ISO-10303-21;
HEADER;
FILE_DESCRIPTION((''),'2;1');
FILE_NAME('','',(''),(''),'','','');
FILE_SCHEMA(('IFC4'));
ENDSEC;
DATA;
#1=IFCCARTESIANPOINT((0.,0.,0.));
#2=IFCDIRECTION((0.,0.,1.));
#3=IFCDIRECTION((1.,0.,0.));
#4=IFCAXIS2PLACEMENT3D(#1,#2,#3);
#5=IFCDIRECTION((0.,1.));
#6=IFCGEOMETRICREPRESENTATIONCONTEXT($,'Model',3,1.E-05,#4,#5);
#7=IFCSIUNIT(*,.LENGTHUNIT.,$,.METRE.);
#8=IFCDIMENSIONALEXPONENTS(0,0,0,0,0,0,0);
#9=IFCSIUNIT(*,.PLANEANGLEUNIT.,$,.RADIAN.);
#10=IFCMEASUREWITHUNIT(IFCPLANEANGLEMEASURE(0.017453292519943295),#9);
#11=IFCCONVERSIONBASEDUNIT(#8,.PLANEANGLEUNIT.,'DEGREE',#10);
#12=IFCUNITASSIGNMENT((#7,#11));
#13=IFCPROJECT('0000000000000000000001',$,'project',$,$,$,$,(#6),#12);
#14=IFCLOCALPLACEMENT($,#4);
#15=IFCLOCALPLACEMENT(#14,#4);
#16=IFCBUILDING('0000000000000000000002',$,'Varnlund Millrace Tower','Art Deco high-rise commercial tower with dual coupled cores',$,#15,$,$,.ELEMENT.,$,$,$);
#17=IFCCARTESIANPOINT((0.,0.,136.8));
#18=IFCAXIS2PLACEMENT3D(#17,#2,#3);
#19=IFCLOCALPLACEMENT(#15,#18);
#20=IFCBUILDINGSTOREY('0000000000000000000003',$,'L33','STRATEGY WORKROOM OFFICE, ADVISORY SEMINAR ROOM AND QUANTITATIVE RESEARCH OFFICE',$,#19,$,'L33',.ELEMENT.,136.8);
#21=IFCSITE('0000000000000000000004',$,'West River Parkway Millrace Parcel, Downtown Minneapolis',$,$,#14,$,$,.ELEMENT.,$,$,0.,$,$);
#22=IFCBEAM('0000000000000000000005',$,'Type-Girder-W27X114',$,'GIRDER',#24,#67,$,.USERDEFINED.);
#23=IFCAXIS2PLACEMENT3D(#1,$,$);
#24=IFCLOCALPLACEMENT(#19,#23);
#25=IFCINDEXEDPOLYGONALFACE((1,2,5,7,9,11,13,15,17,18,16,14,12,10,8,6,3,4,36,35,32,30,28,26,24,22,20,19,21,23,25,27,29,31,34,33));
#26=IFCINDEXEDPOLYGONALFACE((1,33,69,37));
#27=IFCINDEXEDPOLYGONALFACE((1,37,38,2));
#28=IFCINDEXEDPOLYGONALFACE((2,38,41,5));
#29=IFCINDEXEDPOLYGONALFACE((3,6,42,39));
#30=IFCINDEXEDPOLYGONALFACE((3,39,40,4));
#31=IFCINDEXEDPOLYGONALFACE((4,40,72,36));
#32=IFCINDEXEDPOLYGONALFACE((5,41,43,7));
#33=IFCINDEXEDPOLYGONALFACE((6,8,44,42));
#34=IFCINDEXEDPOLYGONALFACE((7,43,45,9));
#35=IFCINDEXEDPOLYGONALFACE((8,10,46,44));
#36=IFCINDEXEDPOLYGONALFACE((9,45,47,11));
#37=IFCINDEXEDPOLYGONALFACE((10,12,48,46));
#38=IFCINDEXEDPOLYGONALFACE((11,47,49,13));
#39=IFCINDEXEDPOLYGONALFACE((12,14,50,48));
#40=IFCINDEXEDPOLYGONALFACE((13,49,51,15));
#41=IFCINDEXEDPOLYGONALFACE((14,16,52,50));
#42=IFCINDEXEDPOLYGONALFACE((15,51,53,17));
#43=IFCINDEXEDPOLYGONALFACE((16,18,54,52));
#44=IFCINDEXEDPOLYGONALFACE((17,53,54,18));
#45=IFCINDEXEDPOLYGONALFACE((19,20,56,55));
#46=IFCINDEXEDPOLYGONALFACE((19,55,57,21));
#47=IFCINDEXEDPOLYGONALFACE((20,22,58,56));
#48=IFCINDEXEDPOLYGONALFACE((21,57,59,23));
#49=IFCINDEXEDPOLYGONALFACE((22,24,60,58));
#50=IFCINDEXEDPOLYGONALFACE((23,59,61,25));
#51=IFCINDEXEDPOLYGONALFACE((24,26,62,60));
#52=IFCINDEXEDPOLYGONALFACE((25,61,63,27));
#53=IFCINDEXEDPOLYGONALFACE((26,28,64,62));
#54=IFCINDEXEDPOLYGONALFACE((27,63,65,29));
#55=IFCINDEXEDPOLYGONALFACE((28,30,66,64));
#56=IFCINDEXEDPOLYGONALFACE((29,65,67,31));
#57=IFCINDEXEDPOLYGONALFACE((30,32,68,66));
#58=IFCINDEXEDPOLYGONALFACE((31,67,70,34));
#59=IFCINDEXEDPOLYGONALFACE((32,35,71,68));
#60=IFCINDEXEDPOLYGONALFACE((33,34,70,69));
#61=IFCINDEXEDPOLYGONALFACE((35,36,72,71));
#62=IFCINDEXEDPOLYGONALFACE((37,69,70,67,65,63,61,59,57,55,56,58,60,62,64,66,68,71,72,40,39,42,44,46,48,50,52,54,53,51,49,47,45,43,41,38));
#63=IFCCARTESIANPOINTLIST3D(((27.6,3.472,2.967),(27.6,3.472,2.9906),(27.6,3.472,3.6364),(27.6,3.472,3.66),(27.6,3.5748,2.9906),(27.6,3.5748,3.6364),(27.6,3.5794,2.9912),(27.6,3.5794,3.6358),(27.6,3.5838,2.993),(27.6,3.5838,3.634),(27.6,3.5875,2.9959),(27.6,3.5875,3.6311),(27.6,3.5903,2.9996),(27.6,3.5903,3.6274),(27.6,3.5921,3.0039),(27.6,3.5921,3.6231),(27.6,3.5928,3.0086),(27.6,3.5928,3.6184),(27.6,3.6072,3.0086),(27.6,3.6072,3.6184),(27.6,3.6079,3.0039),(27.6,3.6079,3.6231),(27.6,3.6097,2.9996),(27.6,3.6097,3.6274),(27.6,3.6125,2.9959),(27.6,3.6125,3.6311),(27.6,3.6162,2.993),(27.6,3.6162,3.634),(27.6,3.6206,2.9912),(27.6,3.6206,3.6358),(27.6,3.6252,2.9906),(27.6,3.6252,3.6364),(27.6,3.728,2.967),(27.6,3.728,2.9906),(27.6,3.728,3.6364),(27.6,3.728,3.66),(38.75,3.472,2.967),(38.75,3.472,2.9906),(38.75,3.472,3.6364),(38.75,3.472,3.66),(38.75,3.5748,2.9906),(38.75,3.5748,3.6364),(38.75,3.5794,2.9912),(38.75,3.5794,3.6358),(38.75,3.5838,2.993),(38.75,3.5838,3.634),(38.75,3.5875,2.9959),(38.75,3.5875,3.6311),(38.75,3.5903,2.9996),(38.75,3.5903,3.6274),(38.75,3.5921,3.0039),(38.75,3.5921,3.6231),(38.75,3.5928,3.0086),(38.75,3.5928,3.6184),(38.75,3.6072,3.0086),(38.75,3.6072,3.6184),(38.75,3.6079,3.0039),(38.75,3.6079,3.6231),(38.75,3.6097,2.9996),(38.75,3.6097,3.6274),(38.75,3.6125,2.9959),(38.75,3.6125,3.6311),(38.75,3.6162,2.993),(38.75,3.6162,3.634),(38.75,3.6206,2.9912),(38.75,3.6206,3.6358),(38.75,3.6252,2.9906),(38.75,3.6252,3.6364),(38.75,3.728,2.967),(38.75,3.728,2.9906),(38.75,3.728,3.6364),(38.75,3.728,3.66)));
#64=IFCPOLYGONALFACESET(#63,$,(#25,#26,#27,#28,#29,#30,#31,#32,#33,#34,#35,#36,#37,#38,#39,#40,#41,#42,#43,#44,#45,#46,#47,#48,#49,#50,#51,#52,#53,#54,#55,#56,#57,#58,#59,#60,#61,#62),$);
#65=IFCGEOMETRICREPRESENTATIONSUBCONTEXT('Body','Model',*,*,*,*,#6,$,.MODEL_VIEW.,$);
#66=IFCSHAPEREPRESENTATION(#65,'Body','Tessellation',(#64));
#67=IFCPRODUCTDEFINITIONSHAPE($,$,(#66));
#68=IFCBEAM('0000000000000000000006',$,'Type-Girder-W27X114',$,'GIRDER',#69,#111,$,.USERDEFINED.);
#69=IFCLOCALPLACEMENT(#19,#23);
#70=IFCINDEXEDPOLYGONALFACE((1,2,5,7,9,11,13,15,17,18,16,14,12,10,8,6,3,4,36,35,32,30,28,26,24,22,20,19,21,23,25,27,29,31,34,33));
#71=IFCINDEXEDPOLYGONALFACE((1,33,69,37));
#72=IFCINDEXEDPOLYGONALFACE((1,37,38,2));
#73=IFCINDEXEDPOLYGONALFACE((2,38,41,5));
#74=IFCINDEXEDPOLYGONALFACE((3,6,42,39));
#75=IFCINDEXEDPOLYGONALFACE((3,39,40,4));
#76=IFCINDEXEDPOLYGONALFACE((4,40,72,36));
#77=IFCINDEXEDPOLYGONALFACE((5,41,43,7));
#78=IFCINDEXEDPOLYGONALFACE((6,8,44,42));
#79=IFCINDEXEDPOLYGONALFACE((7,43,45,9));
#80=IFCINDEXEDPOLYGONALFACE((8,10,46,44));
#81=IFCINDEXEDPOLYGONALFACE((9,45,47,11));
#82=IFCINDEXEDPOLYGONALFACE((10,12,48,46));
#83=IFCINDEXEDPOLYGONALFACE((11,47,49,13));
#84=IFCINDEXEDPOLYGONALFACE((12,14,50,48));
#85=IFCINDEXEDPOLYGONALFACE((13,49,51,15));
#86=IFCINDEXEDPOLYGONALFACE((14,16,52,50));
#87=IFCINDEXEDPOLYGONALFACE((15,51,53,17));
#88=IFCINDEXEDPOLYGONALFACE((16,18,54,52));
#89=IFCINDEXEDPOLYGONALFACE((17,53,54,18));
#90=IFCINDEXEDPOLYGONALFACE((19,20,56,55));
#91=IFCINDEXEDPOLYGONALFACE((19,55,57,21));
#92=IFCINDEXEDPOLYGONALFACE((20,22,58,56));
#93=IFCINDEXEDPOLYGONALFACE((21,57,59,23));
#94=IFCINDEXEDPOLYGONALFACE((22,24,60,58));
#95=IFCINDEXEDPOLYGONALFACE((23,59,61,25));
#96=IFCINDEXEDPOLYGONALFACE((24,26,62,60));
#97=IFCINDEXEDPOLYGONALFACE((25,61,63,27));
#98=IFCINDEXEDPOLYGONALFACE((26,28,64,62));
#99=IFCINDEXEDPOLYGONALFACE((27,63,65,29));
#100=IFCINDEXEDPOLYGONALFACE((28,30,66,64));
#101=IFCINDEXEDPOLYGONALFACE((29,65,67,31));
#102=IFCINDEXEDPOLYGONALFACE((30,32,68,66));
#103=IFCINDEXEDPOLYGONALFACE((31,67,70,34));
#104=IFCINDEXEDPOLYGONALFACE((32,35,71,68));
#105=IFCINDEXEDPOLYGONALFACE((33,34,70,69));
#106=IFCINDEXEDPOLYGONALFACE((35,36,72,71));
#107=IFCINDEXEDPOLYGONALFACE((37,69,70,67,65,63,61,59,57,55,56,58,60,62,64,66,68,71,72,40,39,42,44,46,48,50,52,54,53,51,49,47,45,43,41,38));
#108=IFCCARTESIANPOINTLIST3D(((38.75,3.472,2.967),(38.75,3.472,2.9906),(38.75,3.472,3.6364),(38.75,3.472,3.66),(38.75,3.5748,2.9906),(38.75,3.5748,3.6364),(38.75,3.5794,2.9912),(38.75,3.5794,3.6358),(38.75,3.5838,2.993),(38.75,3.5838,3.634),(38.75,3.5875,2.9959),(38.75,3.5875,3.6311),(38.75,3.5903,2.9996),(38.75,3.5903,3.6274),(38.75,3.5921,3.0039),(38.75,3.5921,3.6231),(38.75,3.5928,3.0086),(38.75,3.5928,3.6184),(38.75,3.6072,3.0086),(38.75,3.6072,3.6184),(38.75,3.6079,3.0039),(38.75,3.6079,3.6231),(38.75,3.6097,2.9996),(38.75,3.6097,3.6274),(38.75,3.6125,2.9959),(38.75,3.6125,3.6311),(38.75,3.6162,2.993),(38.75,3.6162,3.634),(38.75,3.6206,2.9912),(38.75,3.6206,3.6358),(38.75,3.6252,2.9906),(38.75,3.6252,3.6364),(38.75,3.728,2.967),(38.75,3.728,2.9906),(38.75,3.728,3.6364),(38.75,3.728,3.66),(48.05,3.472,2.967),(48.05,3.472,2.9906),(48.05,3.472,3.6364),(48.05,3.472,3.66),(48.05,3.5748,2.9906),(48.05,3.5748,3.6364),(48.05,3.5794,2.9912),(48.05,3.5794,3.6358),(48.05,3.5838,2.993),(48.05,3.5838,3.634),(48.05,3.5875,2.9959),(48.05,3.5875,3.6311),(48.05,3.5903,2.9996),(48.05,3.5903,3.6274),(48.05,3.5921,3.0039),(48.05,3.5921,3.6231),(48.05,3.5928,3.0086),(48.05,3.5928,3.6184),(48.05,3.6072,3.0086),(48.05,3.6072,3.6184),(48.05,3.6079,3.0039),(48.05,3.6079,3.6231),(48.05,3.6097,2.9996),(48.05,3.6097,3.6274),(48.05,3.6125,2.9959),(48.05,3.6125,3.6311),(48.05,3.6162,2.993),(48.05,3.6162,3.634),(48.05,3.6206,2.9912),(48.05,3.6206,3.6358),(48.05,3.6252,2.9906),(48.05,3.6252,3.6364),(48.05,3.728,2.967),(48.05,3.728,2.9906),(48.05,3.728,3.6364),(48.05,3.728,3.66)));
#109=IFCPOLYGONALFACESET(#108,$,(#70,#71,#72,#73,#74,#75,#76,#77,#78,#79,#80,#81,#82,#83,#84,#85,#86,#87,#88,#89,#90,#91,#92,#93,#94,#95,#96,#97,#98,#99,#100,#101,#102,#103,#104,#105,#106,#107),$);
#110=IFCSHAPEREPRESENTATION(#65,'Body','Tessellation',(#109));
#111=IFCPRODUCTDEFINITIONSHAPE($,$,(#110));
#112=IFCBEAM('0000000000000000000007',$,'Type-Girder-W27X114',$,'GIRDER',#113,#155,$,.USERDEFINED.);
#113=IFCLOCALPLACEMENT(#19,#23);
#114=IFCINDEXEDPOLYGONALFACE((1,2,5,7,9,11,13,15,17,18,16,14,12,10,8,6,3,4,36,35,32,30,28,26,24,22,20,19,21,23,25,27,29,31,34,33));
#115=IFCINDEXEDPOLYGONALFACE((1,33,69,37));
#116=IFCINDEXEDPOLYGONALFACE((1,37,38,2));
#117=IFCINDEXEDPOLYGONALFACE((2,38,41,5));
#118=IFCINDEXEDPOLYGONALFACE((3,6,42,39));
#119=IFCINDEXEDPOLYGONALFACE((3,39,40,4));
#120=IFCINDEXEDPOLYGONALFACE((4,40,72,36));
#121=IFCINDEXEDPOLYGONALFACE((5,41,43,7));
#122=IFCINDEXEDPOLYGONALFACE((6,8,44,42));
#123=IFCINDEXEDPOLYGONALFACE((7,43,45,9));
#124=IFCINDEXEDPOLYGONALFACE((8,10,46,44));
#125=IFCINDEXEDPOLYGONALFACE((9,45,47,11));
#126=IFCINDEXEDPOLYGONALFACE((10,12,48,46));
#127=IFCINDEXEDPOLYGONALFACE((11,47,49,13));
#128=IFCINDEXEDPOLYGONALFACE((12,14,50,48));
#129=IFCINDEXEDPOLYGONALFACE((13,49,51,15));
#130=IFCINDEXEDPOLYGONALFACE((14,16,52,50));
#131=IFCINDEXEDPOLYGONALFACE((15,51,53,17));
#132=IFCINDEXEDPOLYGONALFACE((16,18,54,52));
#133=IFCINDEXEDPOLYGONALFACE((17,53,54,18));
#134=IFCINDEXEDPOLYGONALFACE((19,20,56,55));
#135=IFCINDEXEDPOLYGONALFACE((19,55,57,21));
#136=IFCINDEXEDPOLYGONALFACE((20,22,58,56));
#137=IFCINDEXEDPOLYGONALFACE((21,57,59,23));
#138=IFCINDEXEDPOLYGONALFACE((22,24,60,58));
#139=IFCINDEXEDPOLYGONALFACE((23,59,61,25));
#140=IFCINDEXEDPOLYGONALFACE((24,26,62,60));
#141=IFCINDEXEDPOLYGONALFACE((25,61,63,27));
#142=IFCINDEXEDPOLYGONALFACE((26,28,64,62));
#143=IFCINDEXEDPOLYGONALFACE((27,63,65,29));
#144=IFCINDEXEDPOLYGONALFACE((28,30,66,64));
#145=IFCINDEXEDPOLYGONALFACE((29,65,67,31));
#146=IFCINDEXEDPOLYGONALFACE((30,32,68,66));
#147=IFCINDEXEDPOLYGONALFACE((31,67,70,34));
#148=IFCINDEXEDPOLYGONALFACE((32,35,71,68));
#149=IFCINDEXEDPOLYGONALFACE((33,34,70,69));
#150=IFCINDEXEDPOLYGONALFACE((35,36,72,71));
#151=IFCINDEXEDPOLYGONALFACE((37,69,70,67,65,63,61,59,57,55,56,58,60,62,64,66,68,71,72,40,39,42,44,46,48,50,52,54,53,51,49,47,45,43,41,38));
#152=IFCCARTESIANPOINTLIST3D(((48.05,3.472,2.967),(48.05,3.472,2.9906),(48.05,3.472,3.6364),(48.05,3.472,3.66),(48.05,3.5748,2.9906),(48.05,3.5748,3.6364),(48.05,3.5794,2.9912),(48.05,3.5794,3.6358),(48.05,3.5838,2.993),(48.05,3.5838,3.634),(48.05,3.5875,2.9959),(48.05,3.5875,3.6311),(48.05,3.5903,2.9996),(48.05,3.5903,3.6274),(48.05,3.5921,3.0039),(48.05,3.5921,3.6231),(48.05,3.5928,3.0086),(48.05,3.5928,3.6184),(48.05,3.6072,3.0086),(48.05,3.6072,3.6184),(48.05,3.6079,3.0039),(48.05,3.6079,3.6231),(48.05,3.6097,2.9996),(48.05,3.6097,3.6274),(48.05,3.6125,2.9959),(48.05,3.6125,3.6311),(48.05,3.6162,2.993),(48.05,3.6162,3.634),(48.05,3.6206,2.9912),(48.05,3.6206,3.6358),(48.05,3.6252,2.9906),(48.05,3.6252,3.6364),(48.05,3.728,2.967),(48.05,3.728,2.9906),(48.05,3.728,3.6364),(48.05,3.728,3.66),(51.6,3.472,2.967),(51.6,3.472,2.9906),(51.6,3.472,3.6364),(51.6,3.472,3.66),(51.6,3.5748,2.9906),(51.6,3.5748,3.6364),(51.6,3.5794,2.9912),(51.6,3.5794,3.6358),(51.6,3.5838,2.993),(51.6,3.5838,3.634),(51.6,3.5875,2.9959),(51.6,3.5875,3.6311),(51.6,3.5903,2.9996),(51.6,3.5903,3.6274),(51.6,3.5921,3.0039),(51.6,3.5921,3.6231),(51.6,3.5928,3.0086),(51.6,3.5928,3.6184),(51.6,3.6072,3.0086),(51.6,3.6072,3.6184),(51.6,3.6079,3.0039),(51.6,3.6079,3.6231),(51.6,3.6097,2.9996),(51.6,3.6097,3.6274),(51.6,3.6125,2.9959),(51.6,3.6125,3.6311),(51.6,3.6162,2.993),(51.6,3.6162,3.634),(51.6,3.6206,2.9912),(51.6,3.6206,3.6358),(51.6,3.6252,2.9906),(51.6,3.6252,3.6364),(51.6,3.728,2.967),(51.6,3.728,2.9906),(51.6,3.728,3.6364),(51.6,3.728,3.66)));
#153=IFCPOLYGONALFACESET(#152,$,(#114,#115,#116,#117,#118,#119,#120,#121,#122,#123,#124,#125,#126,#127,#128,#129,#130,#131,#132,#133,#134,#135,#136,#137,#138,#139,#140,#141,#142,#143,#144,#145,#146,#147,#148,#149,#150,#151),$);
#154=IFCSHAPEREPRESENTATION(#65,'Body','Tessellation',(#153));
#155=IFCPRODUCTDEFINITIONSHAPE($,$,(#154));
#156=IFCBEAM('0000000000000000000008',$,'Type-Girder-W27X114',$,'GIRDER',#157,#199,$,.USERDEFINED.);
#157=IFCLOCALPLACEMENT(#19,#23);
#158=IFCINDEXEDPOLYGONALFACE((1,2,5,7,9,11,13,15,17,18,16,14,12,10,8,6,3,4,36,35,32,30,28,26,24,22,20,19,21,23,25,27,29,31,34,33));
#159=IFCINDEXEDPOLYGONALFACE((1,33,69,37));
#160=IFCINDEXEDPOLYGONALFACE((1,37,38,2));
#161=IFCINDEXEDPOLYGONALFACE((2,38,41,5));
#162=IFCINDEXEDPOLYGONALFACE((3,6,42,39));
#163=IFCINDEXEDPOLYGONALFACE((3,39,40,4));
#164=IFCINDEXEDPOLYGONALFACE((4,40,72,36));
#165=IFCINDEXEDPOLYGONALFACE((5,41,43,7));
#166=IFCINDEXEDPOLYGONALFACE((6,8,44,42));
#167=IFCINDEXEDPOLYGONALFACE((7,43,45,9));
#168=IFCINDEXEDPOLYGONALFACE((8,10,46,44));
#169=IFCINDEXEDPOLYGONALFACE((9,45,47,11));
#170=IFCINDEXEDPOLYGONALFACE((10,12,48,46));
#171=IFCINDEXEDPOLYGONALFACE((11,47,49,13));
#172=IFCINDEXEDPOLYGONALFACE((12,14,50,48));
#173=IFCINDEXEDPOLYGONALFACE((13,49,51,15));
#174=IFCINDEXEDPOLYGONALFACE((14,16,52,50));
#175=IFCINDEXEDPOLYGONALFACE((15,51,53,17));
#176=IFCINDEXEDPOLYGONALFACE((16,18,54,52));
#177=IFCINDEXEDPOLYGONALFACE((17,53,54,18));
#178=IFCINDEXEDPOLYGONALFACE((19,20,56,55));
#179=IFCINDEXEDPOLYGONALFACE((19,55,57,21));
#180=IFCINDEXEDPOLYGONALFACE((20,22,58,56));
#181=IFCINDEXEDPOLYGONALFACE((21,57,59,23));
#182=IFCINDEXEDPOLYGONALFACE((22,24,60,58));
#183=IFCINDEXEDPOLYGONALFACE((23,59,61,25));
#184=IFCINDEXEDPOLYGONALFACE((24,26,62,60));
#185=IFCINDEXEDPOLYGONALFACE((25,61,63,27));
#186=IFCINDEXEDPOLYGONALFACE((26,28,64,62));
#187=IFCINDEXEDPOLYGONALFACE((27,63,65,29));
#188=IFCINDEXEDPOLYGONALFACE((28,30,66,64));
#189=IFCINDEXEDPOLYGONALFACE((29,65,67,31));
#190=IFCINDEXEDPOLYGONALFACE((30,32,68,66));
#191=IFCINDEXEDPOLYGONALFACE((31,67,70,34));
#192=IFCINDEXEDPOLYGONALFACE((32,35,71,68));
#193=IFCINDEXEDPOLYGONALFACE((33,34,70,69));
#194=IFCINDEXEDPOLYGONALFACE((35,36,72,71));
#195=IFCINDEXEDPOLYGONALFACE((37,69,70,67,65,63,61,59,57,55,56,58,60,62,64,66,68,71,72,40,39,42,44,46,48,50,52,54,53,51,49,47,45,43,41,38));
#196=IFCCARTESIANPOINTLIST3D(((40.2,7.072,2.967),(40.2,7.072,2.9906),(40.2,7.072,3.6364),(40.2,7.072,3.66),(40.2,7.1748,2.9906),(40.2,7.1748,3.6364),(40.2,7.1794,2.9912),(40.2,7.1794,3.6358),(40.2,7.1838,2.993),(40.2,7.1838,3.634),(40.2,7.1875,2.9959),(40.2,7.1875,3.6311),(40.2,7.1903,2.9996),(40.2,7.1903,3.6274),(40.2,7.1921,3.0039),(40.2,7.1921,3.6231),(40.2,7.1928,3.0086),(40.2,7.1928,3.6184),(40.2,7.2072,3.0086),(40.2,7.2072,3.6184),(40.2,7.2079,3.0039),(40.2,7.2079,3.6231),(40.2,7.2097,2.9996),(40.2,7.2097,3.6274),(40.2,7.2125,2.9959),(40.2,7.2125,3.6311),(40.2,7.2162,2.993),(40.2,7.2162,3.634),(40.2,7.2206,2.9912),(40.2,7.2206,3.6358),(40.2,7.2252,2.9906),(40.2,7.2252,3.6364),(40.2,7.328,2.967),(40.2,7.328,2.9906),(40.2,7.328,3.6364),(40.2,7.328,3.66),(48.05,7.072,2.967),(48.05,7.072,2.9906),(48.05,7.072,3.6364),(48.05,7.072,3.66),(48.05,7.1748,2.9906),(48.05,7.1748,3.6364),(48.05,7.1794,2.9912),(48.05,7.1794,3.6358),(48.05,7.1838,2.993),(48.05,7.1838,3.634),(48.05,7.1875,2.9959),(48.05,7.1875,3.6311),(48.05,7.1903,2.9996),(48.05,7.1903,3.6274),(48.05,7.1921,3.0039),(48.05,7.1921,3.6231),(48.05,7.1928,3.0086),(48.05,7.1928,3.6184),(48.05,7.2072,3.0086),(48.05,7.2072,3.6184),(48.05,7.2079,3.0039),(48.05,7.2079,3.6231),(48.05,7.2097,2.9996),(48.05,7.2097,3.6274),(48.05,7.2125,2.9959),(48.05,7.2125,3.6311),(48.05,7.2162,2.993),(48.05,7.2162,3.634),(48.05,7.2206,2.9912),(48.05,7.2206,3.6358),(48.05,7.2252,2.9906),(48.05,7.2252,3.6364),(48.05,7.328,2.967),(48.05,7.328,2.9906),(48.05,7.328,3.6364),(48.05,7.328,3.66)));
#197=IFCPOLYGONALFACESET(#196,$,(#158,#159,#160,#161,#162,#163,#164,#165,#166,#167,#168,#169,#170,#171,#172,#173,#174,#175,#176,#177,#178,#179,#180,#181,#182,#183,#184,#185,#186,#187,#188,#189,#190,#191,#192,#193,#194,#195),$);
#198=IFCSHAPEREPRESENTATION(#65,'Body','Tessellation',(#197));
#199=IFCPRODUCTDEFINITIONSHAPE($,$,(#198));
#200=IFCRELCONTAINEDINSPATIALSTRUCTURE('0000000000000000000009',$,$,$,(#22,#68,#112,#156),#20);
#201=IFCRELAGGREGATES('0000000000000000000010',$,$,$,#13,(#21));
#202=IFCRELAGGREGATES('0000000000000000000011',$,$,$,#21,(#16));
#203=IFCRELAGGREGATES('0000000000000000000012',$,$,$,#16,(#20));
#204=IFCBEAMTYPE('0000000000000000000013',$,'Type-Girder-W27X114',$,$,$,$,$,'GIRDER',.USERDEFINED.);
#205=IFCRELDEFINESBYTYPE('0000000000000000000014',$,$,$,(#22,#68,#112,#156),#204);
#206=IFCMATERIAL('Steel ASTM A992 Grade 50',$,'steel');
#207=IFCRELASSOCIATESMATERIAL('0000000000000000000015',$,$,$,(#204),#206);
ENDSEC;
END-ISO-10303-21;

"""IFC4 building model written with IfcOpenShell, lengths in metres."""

from ifc_helpers import new_model, entity, si_unit, converted_unit, direction, frame, origin_with_axes, origin_2d_with_axis, place, context, subcontext, project, spatial, i_section, extrude, material, material_profile, profile_set, type_object, element, save


model = new_model("IFC4")

# Units and contexts
model_context = context("Model", 3, precision=1e-05, world=origin_with_axes(), true_north=direction((0.0, 1.0)))
body_context = subcontext(model_context, "Body", "Model", "MODEL_VIEW")
ifc_project = project(units=[si_unit("LENGTHUNIT", "METRE"), converted_unit("PLANEANGLEUNIT", "DEGREE", entity("IfcPlaneAngleMeasure", 0.017453292519943295), si_unit("PLANEANGLEUNIT", "RADIAN"), dimensions=[0, 0, 0, 0, 0, 0, 0])], contexts=[model_context])

# Site, building, storey
site_placement = place(None, origin_with_axes())
site = spatial("IfcSite", under=ifc_project, at=site_placement, Name="West River Parkway Millrace Parcel, Downtown Minneapolis", CompositionType="ELEMENT", RefElevation=0.0)
building_placement = place(site_placement, origin_with_axes())
building = spatial("IfcBuilding", under=site, at=building_placement, Name="Varnlund Millrace Tower", Description="Art Deco high-rise commercial tower with dual coupled cores", CompositionType="ELEMENT")
storey_placement = place(building_placement, frame((0.0, 0.0, 136.8), z_axis=(0.0, 0.0, 1.0), x_axis=(1.0, 0.0, 0.0)))
storey = spatial("IfcBuildingStorey", under=building, at=storey_placement, Name="L33", Description="STRATEGY WORKROOM OFFICE, ADVISORY SEMINAR ROOM AND QUANTITATIVE RESEARCH OFFICE", LongName="L33", CompositionType="ELEMENT", Elevation=136.8)

# Beams
ifc_material_1 = material(Name="Steel ASTM A992 Grade 50", Category="steel")
ifc_material_profile_1 = material_profile(ifc_material_1, i_section(OverallWidth=0.256, OverallDepth=0.693, WebThickness=0.0145, FlangeThickness=0.0236, FilletRadius=0.018, at=origin_2d_with_axis()), Name="Steel ASTM A992 Grade 50")
ifc_profile_set_1 = profile_set([ifc_material_profile_1], Name="Steel ASTM A992 Grade 50")
beam_type_1 = type_object("IfcBeamType", Name="Type-Girder-W27X114", ElementType="GIRDER", PredefinedType="USERDEFINED", material=ifc_profile_set_1)
beam_1_placement = place(storey_placement, frame((27.6, 3.6, 3.3135), z_axis=(1.0, 0.0, 0.0), x_axis=(0.0, 1.0, 0.0)))
element("IfcBeam", 1, at=beam_1_placement, inside=storey, type_object=beam_type_1, Name="Type-Girder-W27X114", ObjectType="GIRDER", PredefinedType="USERDEFINED", context=body_context, shape_type="SweptSolid", body=[
    extrude(i_section(OverallWidth=0.256, OverallDepth=0.693, WebThickness=0.0145, FlangeThickness=0.0236, FilletRadius=0.018, at=origin_2d_with_axis()), origin_with_axes(), (0.0, 0.0, 1.0), 11.15),
])
beam_2_placement = place(storey_placement, frame((38.75, 3.6, 3.3135), z_axis=(1.0, 0.0, 0.0), x_axis=(0.0, 1.0, 0.0)))
element("IfcBeam", 2, at=beam_2_placement, inside=storey, type_object=beam_type_1, Name="Type-Girder-W27X114", ObjectType="GIRDER", PredefinedType="USERDEFINED", context=body_context, shape_type="SweptSolid", body=[
    extrude(i_section(OverallWidth=0.256, OverallDepth=0.693, WebThickness=0.0145, FlangeThickness=0.0236, FilletRadius=0.018, at=origin_2d_with_axis()), origin_with_axes(), (0.0, 0.0, 1.0), 9.3),
])
beam_3_placement = place(storey_placement, frame((48.05, 3.6, 3.3135), z_axis=(1.0, 0.0, 0.0), x_axis=(0.0, 1.0, 0.0)))
element("IfcBeam", 3, at=beam_3_placement, inside=storey, type_object=beam_type_1, Name="Type-Girder-W27X114", ObjectType="GIRDER", PredefinedType="USERDEFINED", context=body_context, shape_type="SweptSolid", body=[
    extrude(i_section(OverallWidth=0.256, OverallDepth=0.693, WebThickness=0.0145, FlangeThickness=0.0236, FilletRadius=0.018, at=origin_2d_with_axis()), origin_with_axes(), (0.0, 0.0, 1.0), 3.55),
])
beam_4_placement = place(storey_placement, frame((40.2, 7.2, 3.3135), z_axis=(1.0, 0.0, 0.0), x_axis=(0.0, 1.0, 0.0)))
element("IfcBeam", 4, at=beam_4_placement, inside=storey, type_object=beam_type_1, Name="Type-Girder-W27X114", ObjectType="GIRDER", PredefinedType="USERDEFINED", context=body_context, shape_type="SweptSolid", body=[
    extrude(i_section(OverallWidth=0.256, OverallDepth=0.693, WebThickness=0.0145, FlangeThickness=0.0236, FilletRadius=0.018, at=origin_2d_with_axis()), origin_with_axes(), (0.0, 0.0, 1.0), 7.85),
])

save(model, "model.ifc")
